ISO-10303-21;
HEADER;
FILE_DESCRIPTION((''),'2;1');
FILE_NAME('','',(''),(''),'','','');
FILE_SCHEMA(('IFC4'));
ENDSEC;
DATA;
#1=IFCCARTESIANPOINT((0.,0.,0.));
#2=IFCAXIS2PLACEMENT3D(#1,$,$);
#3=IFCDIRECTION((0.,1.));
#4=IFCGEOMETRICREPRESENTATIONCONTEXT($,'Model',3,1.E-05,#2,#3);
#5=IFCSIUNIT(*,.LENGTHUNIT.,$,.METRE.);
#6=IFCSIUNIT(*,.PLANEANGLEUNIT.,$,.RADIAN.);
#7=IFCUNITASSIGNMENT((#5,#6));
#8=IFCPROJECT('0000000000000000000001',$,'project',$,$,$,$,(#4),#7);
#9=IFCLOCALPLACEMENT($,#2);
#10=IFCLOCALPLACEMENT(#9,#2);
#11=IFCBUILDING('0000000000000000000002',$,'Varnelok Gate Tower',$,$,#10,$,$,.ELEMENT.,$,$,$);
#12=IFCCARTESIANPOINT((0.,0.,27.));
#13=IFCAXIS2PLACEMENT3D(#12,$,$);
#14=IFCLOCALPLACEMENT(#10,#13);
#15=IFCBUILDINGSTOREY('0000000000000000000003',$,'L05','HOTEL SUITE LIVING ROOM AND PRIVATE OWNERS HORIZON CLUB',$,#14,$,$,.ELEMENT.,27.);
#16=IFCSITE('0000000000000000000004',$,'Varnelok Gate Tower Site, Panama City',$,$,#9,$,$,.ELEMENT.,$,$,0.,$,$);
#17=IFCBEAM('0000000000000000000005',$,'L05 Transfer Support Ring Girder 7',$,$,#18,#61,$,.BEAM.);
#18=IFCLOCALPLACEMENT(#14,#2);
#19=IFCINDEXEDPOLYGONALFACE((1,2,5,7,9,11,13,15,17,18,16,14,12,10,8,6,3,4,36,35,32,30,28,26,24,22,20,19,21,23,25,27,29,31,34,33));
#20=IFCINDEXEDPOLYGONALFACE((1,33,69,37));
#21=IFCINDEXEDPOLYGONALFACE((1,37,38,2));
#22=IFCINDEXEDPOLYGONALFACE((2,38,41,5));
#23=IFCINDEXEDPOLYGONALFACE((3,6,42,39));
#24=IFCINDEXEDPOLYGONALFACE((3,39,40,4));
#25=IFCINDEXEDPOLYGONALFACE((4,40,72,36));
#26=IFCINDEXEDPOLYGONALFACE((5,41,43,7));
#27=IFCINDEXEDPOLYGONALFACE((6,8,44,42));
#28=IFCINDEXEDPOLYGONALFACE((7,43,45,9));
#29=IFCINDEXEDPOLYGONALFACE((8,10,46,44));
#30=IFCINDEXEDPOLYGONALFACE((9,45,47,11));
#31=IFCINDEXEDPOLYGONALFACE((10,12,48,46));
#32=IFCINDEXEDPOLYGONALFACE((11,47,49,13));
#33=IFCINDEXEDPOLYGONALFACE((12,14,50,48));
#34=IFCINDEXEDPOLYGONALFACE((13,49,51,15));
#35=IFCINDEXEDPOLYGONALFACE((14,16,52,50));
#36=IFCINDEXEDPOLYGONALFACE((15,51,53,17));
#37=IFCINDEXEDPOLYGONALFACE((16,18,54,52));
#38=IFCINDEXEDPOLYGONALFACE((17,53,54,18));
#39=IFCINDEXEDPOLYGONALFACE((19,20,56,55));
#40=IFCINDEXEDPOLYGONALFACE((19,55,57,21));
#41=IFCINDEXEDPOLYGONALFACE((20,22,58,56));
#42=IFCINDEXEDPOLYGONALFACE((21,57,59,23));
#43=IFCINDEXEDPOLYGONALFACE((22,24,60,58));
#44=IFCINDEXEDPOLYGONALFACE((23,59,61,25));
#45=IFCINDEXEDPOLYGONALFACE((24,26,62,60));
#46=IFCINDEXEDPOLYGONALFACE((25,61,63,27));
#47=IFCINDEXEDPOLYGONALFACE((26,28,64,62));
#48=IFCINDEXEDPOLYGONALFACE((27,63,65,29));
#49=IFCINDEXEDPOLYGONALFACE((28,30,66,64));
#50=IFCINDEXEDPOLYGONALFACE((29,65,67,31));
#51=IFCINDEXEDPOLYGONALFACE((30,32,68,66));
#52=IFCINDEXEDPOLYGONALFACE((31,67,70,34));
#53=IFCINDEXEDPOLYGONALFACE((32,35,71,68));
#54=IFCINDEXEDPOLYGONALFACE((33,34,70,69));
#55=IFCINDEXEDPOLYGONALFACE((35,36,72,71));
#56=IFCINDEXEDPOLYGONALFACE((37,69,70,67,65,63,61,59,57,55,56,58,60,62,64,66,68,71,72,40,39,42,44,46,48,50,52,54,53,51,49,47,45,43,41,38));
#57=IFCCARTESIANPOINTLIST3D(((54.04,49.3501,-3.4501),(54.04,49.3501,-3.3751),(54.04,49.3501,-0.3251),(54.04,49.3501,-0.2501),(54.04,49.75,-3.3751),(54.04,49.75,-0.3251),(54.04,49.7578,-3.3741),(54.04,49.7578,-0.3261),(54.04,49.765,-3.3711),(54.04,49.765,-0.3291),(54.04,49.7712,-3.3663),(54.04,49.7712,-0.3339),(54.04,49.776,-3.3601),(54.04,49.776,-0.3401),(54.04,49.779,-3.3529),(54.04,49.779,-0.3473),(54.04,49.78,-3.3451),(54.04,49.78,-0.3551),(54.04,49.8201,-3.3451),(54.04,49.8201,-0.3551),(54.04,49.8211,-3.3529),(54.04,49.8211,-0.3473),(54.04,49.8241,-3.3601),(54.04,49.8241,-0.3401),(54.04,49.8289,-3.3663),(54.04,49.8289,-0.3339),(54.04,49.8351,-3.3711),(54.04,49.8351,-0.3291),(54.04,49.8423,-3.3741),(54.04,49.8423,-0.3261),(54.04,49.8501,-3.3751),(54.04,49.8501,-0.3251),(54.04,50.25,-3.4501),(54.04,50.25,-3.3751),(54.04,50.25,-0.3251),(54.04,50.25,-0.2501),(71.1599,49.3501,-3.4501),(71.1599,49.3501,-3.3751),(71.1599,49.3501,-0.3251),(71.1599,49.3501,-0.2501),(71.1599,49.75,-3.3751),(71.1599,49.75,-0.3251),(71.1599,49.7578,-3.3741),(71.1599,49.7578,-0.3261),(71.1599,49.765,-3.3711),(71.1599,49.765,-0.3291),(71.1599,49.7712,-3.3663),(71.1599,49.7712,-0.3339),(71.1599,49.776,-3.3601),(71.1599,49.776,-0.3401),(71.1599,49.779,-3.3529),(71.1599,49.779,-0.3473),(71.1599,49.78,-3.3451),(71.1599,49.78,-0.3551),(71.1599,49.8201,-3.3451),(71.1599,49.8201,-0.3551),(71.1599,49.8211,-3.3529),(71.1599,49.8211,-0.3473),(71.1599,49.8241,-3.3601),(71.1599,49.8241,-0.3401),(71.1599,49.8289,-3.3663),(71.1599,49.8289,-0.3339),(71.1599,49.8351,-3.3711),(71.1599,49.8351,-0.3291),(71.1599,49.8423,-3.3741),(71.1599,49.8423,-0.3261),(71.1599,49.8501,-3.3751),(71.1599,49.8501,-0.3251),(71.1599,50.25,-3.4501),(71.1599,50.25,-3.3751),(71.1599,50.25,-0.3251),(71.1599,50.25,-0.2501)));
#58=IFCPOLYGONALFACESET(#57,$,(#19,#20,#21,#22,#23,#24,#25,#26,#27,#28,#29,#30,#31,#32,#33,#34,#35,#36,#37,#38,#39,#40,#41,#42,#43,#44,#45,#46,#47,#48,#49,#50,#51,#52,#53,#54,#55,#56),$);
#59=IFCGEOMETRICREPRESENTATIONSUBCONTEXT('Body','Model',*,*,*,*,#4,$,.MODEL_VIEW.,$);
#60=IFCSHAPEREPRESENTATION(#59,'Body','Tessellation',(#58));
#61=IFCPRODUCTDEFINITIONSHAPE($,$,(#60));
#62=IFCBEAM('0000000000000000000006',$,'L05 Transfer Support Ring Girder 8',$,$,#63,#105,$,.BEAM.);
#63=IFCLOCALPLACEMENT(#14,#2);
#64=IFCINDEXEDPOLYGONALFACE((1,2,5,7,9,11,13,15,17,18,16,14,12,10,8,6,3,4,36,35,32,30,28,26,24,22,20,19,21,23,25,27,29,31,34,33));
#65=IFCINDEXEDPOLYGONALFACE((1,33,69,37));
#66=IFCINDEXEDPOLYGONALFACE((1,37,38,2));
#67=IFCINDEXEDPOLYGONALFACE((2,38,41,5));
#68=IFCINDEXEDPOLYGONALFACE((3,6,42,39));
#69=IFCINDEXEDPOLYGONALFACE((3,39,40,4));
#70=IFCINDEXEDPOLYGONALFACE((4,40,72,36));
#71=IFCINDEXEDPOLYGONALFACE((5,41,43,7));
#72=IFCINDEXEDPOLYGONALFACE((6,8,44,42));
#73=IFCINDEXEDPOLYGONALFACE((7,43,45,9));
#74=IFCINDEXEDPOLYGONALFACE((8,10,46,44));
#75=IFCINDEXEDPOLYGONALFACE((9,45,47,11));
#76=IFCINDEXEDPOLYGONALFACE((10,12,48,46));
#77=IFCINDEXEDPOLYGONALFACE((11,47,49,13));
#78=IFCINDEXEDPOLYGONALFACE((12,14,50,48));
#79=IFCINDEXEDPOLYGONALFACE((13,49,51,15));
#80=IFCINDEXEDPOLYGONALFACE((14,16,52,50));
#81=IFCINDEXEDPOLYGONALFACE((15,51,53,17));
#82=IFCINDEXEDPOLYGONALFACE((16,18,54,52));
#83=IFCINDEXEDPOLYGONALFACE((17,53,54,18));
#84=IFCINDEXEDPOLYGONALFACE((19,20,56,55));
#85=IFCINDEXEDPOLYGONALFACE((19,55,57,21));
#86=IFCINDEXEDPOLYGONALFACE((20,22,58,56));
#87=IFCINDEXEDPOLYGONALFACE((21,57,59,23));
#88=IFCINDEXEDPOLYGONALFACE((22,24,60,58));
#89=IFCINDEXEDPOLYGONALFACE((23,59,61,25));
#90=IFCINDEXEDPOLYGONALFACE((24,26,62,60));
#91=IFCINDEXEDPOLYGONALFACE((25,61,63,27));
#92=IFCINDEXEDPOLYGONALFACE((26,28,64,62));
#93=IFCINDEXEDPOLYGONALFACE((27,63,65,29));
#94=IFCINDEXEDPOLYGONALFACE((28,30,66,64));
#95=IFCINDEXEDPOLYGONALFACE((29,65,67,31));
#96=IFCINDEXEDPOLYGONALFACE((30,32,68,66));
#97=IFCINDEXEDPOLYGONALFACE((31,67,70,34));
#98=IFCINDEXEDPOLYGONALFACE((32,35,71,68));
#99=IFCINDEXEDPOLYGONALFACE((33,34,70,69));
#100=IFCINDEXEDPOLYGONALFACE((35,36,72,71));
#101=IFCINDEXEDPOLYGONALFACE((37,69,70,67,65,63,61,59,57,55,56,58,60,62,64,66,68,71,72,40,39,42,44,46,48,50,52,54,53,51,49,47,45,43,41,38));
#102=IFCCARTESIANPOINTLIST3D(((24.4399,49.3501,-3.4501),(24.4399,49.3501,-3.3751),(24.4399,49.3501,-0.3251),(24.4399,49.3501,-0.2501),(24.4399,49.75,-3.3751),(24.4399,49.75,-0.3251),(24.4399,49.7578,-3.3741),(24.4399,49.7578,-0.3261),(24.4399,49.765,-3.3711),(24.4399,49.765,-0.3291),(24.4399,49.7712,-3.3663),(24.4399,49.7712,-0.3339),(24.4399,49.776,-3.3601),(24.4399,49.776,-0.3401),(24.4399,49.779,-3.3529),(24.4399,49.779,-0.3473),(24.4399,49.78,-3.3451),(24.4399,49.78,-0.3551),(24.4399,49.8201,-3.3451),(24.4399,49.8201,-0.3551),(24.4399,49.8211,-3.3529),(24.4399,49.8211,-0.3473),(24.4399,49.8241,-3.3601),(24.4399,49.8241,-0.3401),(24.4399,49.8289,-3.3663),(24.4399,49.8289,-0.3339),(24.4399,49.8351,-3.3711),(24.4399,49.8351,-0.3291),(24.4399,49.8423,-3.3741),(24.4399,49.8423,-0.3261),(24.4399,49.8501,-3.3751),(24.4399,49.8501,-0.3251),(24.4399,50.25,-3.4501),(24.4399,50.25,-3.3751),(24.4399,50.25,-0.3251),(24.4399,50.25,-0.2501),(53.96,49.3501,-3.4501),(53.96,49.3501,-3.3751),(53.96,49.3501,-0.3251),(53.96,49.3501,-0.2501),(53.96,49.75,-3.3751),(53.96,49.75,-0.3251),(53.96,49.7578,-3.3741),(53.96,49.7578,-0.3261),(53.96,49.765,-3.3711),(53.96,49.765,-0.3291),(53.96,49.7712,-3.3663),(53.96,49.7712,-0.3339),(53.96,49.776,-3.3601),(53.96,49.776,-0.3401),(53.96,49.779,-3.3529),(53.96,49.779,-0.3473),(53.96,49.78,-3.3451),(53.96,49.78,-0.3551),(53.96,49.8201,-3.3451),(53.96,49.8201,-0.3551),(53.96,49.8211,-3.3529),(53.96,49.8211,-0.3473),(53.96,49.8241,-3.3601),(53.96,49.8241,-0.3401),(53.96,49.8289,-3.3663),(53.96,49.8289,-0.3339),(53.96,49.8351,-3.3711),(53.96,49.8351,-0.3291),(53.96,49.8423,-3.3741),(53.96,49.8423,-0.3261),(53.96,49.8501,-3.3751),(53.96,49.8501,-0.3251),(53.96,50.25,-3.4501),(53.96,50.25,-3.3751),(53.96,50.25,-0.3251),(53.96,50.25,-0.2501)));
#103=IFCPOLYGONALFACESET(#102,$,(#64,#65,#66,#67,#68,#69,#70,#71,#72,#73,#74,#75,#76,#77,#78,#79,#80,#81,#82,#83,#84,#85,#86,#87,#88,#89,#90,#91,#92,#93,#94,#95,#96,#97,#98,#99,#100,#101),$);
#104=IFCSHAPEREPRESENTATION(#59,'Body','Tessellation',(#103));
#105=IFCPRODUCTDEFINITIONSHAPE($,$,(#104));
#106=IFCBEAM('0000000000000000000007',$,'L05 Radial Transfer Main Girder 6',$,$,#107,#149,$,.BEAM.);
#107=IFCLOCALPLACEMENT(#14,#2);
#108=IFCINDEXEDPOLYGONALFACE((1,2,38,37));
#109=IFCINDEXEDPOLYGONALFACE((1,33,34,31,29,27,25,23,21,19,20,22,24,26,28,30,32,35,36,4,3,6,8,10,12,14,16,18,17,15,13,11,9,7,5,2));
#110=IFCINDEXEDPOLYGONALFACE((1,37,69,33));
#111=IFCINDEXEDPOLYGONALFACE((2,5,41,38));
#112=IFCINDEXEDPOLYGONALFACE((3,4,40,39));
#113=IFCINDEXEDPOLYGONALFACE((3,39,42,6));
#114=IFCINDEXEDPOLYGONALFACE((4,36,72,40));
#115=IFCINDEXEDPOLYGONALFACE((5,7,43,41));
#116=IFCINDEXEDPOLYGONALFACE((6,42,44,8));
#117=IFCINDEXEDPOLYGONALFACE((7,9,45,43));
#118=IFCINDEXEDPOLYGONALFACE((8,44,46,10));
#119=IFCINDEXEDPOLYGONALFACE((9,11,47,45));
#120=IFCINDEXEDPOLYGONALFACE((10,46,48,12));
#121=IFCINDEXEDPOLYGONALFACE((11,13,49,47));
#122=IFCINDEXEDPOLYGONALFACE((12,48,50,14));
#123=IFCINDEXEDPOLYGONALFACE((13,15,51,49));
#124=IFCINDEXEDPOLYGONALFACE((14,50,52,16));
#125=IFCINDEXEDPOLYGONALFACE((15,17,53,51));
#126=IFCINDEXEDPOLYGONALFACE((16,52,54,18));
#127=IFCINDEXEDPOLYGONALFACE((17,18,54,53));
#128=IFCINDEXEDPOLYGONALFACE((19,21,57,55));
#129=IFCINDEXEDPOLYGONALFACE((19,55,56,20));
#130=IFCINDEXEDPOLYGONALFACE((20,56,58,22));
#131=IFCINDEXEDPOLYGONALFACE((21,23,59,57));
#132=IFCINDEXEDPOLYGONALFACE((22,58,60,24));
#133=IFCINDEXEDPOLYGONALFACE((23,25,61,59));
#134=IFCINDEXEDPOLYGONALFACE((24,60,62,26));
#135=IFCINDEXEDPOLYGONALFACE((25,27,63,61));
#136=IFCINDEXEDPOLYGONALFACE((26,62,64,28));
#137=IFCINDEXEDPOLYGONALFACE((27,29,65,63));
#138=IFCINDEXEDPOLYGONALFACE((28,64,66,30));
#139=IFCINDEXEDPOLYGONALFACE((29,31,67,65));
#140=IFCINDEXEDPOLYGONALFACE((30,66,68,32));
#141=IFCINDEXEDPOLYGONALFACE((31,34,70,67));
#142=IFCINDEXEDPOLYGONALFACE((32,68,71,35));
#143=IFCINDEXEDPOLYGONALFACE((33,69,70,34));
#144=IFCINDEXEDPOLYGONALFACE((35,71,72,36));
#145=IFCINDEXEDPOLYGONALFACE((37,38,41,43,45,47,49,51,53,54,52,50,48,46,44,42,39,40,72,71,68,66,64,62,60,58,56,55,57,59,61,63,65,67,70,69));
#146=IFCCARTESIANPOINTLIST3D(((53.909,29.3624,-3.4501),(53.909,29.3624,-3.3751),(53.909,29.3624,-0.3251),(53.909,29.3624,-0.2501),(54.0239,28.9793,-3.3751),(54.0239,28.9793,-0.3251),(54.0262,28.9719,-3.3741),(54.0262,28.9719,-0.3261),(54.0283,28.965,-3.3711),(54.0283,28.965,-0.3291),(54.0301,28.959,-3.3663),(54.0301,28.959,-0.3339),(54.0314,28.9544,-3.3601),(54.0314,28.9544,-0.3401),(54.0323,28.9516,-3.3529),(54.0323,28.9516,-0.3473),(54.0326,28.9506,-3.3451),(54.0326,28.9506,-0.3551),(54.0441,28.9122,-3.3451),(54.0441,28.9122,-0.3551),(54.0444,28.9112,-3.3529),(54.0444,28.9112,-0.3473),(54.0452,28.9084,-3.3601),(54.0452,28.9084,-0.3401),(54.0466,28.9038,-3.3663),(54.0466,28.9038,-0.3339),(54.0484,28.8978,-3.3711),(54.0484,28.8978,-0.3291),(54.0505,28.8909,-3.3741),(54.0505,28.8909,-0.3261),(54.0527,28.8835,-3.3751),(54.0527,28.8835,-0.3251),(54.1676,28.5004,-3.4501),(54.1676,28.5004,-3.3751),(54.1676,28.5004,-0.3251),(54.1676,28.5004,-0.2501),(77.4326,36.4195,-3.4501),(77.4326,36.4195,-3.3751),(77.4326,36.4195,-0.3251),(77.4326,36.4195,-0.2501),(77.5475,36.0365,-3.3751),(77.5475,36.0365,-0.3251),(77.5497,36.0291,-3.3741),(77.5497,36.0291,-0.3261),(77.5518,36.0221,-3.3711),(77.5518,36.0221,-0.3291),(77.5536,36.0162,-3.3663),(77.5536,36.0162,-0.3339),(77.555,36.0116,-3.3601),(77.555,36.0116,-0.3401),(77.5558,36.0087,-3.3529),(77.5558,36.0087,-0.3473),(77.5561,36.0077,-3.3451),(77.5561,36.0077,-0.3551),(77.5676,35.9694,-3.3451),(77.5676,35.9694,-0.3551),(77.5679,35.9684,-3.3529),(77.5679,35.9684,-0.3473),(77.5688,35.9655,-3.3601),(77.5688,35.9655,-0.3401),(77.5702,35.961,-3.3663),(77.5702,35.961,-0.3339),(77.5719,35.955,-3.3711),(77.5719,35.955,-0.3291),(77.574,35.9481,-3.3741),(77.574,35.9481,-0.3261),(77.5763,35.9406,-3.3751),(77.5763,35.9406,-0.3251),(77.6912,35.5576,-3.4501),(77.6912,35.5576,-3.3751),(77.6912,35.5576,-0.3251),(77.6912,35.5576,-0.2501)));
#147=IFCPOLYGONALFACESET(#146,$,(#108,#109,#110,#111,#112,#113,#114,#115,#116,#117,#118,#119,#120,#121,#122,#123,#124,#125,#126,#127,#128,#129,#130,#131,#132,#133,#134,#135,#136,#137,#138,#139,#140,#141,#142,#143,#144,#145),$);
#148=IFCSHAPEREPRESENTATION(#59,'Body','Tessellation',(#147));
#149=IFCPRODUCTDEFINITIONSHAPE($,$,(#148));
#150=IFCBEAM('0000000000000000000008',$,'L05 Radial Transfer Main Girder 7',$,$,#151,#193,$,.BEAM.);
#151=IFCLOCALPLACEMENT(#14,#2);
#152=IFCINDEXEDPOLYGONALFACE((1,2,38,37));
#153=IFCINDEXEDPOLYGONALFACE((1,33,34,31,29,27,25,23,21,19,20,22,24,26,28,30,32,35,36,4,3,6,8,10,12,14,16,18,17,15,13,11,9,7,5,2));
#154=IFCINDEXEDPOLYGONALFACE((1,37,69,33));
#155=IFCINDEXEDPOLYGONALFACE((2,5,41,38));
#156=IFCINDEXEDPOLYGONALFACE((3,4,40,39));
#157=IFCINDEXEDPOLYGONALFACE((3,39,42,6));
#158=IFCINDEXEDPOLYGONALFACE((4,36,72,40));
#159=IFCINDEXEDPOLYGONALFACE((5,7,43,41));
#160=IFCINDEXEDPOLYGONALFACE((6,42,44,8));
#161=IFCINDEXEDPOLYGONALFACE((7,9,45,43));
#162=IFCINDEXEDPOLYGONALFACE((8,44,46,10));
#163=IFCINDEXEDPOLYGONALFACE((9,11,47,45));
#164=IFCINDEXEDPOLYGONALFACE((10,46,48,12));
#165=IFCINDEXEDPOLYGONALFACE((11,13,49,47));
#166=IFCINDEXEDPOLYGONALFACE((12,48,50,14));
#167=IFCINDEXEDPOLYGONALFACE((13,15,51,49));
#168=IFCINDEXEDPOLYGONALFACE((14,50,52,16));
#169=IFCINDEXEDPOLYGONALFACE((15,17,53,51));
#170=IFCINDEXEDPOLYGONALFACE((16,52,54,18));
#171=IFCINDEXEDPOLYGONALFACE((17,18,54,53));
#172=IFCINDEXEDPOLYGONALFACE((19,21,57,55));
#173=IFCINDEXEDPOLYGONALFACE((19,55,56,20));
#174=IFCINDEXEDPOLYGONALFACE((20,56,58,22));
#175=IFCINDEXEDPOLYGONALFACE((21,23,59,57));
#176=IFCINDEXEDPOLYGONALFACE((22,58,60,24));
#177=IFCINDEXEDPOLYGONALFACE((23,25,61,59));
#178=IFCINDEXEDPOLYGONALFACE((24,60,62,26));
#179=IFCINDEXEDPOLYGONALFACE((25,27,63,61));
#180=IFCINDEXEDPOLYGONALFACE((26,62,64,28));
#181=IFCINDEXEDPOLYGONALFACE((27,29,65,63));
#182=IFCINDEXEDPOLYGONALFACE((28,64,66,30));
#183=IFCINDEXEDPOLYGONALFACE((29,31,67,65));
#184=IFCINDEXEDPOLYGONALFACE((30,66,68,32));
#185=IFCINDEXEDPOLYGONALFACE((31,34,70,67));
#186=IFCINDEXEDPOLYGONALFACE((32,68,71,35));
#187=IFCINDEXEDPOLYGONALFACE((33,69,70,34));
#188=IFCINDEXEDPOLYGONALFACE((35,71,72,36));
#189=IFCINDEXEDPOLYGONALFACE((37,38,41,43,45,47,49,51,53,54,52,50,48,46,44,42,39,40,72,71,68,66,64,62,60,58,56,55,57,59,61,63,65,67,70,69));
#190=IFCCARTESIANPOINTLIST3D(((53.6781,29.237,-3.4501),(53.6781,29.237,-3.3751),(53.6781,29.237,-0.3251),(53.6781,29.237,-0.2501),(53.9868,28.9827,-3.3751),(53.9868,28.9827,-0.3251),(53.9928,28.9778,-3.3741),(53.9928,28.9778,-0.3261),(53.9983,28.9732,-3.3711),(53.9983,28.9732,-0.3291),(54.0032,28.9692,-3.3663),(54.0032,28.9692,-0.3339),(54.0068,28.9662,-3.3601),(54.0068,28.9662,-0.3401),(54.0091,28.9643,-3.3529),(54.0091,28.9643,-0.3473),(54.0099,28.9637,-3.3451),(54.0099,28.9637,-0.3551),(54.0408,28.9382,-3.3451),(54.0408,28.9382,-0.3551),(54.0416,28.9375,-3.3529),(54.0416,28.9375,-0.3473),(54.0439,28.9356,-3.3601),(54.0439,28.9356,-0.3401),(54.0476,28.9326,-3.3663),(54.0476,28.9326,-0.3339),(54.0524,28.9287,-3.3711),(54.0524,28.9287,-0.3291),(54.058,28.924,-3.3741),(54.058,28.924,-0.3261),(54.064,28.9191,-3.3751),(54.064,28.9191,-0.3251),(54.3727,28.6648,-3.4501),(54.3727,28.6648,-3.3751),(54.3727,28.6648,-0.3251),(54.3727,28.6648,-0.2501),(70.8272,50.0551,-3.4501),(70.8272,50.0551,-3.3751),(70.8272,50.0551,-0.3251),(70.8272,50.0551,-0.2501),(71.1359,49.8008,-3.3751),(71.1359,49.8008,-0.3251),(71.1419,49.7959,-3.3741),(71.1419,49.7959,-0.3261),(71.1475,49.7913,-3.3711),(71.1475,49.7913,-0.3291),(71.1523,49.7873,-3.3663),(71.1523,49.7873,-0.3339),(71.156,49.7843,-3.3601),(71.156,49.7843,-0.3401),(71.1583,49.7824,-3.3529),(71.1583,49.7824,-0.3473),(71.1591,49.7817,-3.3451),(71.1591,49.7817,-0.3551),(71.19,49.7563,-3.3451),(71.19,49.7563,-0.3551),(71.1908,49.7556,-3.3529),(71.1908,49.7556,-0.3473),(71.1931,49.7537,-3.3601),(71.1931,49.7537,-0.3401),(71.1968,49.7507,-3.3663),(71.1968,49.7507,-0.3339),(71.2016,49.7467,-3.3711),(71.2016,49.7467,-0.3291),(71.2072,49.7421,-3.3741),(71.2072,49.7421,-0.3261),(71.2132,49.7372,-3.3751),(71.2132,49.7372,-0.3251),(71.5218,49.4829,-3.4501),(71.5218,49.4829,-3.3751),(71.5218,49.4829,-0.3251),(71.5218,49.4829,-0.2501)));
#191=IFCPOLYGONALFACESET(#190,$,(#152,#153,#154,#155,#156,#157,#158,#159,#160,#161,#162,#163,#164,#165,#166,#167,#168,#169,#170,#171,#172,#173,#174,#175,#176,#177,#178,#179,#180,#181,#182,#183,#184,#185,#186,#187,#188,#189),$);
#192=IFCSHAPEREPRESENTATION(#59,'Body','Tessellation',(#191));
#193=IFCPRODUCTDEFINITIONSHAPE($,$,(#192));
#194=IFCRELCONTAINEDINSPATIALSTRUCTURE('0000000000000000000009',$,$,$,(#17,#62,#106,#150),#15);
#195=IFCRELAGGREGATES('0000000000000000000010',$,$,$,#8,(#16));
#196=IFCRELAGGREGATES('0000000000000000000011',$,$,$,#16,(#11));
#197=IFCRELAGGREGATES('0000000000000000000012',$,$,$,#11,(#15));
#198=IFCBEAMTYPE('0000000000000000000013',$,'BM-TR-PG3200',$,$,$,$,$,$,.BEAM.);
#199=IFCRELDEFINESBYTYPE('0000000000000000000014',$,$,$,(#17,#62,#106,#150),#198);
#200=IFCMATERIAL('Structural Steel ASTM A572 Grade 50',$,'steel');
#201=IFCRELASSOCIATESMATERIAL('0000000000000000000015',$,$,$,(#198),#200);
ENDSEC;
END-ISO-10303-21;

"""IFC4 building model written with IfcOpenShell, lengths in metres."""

from ifc_helpers import new_model, si_unit, direction, frame, origin, origin_2d, place, context, subcontext, project, spatial, i_section, extrude, material, material_profile, profile_set, type_object, element, save


model = new_model("IFC4")

# Units and contexts
model_context = context("Model", 3, precision=1e-05, world=origin(), true_north=direction((0.0, 1.0)))
body_context = subcontext(model_context, "Body", "Model", "MODEL_VIEW")
ifc_project = project(units=[si_unit("LENGTHUNIT", "METRE"), si_unit("PLANEANGLEUNIT", "RADIAN")], contexts=[model_context])

# Site, building, storey
site_placement = place(None, origin())
site = spatial("IfcSite", under=ifc_project, at=site_placement, Name="Varnelok Gate Tower Site, Panama City", CompositionType="ELEMENT", RefElevation=0.0)
building_placement = place(site_placement, origin())
building = spatial("IfcBuilding", under=site, at=building_placement, Name="Varnelok Gate Tower", CompositionType="ELEMENT")
storey_placement = place(building_placement, frame((0.0, 0.0, 27.0)))
storey = spatial("IfcBuildingStorey", under=building, at=storey_placement, Name="L05", Description="HOTEL SUITE LIVING ROOM AND PRIVATE OWNERS HORIZON CLUB", CompositionType="ELEMENT", Elevation=27.0)

# Beams
ifc_material_1 = material(Name="Structural Steel ASTM A572 Grade 50", Category="steel")
ifc_material_profile_1 = material_profile(ifc_material_1, i_section(OverallWidth=0.8999, OverallDepth=3.2, WebThickness=0.04, FlangeThickness=0.075, FilletRadius=0.03, at=origin_2d()), Name="PG3200X900")
ifc_profile_set_1 = profile_set([ifc_material_profile_1], Name="Structural Steel ASTM A572 Grade 50")
beam_type = type_object("IfcBeamType", Name="BM-TR-PG3200", PredefinedType="BEAM", material=ifc_profile_set_1)
beam_1_placement = place(storey_placement, frame((71.1599, 49.8, -1.8501), z_axis=(-1.0, 0.0, 0.0), x_axis=(0.0, -1.0, 0.0)))
element("IfcBeam", 1, at=beam_1_placement, inside=storey, type_object=beam_type, Name="L05 Transfer Support Ring Girder 7", PredefinedType="BEAM", context=body_context, shape_type="SweptSolid", body=[
    extrude(i_section(OverallWidth=0.8999, OverallDepth=3.2, WebThickness=0.04, FlangeThickness=0.075, FilletRadius=0.03, at=origin_2d()), origin(), (0.0, 0.0, 1.0), 17.1199),
])
beam_2_placement = place(storey_placement, frame((53.96, 49.8, -1.8501), z_axis=(-1.0, 0.0, 0.0), x_axis=(0.0, -1.0, 0.0)))
element("IfcBeam", 2, at=beam_2_placement, inside=storey, type_object=beam_type, Name="L05 Transfer Support Ring Girder 8", PredefinedType="BEAM", context=body_context, shape_type="SweptSolid", body=[
    extrude(i_section(OverallWidth=0.8999, OverallDepth=3.2, WebThickness=0.04, FlangeThickness=0.075, FilletRadius=0.03, at=origin_2d()), origin(), (0.0, 0.0, 1.0), 29.52),
])
beam_3_placement = place(storey_placement, frame((54.0383, 28.9314, -1.8501), z_axis=(0.957825, 0.287352, 0.0), x_axis=(-0.287352, 0.957825, 0.0)))
element("IfcBeam", 3, at=beam_3_placement, inside=storey, type_object=beam_type, Name="L05 Radial Transfer Main Girder 6", PredefinedType="BEAM", context=body_context, shape_type="SweptSolid", body=[
    extrude(i_section(OverallWidth=0.8999, OverallDepth=3.2, WebThickness=0.04, FlangeThickness=0.075, FilletRadius=0.03, at=origin_2d()), origin(), (0.0, 0.0, 1.0), 24.5593),
])
beam_4_placement = place(storey_placement, frame((54.0254, 28.9509, -1.8501), z_axis=(0.635814, 0.771842, 0.0), x_axis=(-0.771842, 0.635814, 0.0)))
element("IfcBeam", 4, at=beam_4_placement, inside=storey, type_object=beam_type, Name="L05 Radial Transfer Main Girder 7", PredefinedType="BEAM", context=body_context, shape_type="SweptSolid", body=[
    extrude(i_section(OverallWidth=0.8999, OverallDepth=3.2, WebThickness=0.04, FlangeThickness=0.075, FilletRadius=0.03, at=origin_2d()), origin(), (0.0, 0.0, 1.0), 26.9719),
])

save(model, "model.ifc")
